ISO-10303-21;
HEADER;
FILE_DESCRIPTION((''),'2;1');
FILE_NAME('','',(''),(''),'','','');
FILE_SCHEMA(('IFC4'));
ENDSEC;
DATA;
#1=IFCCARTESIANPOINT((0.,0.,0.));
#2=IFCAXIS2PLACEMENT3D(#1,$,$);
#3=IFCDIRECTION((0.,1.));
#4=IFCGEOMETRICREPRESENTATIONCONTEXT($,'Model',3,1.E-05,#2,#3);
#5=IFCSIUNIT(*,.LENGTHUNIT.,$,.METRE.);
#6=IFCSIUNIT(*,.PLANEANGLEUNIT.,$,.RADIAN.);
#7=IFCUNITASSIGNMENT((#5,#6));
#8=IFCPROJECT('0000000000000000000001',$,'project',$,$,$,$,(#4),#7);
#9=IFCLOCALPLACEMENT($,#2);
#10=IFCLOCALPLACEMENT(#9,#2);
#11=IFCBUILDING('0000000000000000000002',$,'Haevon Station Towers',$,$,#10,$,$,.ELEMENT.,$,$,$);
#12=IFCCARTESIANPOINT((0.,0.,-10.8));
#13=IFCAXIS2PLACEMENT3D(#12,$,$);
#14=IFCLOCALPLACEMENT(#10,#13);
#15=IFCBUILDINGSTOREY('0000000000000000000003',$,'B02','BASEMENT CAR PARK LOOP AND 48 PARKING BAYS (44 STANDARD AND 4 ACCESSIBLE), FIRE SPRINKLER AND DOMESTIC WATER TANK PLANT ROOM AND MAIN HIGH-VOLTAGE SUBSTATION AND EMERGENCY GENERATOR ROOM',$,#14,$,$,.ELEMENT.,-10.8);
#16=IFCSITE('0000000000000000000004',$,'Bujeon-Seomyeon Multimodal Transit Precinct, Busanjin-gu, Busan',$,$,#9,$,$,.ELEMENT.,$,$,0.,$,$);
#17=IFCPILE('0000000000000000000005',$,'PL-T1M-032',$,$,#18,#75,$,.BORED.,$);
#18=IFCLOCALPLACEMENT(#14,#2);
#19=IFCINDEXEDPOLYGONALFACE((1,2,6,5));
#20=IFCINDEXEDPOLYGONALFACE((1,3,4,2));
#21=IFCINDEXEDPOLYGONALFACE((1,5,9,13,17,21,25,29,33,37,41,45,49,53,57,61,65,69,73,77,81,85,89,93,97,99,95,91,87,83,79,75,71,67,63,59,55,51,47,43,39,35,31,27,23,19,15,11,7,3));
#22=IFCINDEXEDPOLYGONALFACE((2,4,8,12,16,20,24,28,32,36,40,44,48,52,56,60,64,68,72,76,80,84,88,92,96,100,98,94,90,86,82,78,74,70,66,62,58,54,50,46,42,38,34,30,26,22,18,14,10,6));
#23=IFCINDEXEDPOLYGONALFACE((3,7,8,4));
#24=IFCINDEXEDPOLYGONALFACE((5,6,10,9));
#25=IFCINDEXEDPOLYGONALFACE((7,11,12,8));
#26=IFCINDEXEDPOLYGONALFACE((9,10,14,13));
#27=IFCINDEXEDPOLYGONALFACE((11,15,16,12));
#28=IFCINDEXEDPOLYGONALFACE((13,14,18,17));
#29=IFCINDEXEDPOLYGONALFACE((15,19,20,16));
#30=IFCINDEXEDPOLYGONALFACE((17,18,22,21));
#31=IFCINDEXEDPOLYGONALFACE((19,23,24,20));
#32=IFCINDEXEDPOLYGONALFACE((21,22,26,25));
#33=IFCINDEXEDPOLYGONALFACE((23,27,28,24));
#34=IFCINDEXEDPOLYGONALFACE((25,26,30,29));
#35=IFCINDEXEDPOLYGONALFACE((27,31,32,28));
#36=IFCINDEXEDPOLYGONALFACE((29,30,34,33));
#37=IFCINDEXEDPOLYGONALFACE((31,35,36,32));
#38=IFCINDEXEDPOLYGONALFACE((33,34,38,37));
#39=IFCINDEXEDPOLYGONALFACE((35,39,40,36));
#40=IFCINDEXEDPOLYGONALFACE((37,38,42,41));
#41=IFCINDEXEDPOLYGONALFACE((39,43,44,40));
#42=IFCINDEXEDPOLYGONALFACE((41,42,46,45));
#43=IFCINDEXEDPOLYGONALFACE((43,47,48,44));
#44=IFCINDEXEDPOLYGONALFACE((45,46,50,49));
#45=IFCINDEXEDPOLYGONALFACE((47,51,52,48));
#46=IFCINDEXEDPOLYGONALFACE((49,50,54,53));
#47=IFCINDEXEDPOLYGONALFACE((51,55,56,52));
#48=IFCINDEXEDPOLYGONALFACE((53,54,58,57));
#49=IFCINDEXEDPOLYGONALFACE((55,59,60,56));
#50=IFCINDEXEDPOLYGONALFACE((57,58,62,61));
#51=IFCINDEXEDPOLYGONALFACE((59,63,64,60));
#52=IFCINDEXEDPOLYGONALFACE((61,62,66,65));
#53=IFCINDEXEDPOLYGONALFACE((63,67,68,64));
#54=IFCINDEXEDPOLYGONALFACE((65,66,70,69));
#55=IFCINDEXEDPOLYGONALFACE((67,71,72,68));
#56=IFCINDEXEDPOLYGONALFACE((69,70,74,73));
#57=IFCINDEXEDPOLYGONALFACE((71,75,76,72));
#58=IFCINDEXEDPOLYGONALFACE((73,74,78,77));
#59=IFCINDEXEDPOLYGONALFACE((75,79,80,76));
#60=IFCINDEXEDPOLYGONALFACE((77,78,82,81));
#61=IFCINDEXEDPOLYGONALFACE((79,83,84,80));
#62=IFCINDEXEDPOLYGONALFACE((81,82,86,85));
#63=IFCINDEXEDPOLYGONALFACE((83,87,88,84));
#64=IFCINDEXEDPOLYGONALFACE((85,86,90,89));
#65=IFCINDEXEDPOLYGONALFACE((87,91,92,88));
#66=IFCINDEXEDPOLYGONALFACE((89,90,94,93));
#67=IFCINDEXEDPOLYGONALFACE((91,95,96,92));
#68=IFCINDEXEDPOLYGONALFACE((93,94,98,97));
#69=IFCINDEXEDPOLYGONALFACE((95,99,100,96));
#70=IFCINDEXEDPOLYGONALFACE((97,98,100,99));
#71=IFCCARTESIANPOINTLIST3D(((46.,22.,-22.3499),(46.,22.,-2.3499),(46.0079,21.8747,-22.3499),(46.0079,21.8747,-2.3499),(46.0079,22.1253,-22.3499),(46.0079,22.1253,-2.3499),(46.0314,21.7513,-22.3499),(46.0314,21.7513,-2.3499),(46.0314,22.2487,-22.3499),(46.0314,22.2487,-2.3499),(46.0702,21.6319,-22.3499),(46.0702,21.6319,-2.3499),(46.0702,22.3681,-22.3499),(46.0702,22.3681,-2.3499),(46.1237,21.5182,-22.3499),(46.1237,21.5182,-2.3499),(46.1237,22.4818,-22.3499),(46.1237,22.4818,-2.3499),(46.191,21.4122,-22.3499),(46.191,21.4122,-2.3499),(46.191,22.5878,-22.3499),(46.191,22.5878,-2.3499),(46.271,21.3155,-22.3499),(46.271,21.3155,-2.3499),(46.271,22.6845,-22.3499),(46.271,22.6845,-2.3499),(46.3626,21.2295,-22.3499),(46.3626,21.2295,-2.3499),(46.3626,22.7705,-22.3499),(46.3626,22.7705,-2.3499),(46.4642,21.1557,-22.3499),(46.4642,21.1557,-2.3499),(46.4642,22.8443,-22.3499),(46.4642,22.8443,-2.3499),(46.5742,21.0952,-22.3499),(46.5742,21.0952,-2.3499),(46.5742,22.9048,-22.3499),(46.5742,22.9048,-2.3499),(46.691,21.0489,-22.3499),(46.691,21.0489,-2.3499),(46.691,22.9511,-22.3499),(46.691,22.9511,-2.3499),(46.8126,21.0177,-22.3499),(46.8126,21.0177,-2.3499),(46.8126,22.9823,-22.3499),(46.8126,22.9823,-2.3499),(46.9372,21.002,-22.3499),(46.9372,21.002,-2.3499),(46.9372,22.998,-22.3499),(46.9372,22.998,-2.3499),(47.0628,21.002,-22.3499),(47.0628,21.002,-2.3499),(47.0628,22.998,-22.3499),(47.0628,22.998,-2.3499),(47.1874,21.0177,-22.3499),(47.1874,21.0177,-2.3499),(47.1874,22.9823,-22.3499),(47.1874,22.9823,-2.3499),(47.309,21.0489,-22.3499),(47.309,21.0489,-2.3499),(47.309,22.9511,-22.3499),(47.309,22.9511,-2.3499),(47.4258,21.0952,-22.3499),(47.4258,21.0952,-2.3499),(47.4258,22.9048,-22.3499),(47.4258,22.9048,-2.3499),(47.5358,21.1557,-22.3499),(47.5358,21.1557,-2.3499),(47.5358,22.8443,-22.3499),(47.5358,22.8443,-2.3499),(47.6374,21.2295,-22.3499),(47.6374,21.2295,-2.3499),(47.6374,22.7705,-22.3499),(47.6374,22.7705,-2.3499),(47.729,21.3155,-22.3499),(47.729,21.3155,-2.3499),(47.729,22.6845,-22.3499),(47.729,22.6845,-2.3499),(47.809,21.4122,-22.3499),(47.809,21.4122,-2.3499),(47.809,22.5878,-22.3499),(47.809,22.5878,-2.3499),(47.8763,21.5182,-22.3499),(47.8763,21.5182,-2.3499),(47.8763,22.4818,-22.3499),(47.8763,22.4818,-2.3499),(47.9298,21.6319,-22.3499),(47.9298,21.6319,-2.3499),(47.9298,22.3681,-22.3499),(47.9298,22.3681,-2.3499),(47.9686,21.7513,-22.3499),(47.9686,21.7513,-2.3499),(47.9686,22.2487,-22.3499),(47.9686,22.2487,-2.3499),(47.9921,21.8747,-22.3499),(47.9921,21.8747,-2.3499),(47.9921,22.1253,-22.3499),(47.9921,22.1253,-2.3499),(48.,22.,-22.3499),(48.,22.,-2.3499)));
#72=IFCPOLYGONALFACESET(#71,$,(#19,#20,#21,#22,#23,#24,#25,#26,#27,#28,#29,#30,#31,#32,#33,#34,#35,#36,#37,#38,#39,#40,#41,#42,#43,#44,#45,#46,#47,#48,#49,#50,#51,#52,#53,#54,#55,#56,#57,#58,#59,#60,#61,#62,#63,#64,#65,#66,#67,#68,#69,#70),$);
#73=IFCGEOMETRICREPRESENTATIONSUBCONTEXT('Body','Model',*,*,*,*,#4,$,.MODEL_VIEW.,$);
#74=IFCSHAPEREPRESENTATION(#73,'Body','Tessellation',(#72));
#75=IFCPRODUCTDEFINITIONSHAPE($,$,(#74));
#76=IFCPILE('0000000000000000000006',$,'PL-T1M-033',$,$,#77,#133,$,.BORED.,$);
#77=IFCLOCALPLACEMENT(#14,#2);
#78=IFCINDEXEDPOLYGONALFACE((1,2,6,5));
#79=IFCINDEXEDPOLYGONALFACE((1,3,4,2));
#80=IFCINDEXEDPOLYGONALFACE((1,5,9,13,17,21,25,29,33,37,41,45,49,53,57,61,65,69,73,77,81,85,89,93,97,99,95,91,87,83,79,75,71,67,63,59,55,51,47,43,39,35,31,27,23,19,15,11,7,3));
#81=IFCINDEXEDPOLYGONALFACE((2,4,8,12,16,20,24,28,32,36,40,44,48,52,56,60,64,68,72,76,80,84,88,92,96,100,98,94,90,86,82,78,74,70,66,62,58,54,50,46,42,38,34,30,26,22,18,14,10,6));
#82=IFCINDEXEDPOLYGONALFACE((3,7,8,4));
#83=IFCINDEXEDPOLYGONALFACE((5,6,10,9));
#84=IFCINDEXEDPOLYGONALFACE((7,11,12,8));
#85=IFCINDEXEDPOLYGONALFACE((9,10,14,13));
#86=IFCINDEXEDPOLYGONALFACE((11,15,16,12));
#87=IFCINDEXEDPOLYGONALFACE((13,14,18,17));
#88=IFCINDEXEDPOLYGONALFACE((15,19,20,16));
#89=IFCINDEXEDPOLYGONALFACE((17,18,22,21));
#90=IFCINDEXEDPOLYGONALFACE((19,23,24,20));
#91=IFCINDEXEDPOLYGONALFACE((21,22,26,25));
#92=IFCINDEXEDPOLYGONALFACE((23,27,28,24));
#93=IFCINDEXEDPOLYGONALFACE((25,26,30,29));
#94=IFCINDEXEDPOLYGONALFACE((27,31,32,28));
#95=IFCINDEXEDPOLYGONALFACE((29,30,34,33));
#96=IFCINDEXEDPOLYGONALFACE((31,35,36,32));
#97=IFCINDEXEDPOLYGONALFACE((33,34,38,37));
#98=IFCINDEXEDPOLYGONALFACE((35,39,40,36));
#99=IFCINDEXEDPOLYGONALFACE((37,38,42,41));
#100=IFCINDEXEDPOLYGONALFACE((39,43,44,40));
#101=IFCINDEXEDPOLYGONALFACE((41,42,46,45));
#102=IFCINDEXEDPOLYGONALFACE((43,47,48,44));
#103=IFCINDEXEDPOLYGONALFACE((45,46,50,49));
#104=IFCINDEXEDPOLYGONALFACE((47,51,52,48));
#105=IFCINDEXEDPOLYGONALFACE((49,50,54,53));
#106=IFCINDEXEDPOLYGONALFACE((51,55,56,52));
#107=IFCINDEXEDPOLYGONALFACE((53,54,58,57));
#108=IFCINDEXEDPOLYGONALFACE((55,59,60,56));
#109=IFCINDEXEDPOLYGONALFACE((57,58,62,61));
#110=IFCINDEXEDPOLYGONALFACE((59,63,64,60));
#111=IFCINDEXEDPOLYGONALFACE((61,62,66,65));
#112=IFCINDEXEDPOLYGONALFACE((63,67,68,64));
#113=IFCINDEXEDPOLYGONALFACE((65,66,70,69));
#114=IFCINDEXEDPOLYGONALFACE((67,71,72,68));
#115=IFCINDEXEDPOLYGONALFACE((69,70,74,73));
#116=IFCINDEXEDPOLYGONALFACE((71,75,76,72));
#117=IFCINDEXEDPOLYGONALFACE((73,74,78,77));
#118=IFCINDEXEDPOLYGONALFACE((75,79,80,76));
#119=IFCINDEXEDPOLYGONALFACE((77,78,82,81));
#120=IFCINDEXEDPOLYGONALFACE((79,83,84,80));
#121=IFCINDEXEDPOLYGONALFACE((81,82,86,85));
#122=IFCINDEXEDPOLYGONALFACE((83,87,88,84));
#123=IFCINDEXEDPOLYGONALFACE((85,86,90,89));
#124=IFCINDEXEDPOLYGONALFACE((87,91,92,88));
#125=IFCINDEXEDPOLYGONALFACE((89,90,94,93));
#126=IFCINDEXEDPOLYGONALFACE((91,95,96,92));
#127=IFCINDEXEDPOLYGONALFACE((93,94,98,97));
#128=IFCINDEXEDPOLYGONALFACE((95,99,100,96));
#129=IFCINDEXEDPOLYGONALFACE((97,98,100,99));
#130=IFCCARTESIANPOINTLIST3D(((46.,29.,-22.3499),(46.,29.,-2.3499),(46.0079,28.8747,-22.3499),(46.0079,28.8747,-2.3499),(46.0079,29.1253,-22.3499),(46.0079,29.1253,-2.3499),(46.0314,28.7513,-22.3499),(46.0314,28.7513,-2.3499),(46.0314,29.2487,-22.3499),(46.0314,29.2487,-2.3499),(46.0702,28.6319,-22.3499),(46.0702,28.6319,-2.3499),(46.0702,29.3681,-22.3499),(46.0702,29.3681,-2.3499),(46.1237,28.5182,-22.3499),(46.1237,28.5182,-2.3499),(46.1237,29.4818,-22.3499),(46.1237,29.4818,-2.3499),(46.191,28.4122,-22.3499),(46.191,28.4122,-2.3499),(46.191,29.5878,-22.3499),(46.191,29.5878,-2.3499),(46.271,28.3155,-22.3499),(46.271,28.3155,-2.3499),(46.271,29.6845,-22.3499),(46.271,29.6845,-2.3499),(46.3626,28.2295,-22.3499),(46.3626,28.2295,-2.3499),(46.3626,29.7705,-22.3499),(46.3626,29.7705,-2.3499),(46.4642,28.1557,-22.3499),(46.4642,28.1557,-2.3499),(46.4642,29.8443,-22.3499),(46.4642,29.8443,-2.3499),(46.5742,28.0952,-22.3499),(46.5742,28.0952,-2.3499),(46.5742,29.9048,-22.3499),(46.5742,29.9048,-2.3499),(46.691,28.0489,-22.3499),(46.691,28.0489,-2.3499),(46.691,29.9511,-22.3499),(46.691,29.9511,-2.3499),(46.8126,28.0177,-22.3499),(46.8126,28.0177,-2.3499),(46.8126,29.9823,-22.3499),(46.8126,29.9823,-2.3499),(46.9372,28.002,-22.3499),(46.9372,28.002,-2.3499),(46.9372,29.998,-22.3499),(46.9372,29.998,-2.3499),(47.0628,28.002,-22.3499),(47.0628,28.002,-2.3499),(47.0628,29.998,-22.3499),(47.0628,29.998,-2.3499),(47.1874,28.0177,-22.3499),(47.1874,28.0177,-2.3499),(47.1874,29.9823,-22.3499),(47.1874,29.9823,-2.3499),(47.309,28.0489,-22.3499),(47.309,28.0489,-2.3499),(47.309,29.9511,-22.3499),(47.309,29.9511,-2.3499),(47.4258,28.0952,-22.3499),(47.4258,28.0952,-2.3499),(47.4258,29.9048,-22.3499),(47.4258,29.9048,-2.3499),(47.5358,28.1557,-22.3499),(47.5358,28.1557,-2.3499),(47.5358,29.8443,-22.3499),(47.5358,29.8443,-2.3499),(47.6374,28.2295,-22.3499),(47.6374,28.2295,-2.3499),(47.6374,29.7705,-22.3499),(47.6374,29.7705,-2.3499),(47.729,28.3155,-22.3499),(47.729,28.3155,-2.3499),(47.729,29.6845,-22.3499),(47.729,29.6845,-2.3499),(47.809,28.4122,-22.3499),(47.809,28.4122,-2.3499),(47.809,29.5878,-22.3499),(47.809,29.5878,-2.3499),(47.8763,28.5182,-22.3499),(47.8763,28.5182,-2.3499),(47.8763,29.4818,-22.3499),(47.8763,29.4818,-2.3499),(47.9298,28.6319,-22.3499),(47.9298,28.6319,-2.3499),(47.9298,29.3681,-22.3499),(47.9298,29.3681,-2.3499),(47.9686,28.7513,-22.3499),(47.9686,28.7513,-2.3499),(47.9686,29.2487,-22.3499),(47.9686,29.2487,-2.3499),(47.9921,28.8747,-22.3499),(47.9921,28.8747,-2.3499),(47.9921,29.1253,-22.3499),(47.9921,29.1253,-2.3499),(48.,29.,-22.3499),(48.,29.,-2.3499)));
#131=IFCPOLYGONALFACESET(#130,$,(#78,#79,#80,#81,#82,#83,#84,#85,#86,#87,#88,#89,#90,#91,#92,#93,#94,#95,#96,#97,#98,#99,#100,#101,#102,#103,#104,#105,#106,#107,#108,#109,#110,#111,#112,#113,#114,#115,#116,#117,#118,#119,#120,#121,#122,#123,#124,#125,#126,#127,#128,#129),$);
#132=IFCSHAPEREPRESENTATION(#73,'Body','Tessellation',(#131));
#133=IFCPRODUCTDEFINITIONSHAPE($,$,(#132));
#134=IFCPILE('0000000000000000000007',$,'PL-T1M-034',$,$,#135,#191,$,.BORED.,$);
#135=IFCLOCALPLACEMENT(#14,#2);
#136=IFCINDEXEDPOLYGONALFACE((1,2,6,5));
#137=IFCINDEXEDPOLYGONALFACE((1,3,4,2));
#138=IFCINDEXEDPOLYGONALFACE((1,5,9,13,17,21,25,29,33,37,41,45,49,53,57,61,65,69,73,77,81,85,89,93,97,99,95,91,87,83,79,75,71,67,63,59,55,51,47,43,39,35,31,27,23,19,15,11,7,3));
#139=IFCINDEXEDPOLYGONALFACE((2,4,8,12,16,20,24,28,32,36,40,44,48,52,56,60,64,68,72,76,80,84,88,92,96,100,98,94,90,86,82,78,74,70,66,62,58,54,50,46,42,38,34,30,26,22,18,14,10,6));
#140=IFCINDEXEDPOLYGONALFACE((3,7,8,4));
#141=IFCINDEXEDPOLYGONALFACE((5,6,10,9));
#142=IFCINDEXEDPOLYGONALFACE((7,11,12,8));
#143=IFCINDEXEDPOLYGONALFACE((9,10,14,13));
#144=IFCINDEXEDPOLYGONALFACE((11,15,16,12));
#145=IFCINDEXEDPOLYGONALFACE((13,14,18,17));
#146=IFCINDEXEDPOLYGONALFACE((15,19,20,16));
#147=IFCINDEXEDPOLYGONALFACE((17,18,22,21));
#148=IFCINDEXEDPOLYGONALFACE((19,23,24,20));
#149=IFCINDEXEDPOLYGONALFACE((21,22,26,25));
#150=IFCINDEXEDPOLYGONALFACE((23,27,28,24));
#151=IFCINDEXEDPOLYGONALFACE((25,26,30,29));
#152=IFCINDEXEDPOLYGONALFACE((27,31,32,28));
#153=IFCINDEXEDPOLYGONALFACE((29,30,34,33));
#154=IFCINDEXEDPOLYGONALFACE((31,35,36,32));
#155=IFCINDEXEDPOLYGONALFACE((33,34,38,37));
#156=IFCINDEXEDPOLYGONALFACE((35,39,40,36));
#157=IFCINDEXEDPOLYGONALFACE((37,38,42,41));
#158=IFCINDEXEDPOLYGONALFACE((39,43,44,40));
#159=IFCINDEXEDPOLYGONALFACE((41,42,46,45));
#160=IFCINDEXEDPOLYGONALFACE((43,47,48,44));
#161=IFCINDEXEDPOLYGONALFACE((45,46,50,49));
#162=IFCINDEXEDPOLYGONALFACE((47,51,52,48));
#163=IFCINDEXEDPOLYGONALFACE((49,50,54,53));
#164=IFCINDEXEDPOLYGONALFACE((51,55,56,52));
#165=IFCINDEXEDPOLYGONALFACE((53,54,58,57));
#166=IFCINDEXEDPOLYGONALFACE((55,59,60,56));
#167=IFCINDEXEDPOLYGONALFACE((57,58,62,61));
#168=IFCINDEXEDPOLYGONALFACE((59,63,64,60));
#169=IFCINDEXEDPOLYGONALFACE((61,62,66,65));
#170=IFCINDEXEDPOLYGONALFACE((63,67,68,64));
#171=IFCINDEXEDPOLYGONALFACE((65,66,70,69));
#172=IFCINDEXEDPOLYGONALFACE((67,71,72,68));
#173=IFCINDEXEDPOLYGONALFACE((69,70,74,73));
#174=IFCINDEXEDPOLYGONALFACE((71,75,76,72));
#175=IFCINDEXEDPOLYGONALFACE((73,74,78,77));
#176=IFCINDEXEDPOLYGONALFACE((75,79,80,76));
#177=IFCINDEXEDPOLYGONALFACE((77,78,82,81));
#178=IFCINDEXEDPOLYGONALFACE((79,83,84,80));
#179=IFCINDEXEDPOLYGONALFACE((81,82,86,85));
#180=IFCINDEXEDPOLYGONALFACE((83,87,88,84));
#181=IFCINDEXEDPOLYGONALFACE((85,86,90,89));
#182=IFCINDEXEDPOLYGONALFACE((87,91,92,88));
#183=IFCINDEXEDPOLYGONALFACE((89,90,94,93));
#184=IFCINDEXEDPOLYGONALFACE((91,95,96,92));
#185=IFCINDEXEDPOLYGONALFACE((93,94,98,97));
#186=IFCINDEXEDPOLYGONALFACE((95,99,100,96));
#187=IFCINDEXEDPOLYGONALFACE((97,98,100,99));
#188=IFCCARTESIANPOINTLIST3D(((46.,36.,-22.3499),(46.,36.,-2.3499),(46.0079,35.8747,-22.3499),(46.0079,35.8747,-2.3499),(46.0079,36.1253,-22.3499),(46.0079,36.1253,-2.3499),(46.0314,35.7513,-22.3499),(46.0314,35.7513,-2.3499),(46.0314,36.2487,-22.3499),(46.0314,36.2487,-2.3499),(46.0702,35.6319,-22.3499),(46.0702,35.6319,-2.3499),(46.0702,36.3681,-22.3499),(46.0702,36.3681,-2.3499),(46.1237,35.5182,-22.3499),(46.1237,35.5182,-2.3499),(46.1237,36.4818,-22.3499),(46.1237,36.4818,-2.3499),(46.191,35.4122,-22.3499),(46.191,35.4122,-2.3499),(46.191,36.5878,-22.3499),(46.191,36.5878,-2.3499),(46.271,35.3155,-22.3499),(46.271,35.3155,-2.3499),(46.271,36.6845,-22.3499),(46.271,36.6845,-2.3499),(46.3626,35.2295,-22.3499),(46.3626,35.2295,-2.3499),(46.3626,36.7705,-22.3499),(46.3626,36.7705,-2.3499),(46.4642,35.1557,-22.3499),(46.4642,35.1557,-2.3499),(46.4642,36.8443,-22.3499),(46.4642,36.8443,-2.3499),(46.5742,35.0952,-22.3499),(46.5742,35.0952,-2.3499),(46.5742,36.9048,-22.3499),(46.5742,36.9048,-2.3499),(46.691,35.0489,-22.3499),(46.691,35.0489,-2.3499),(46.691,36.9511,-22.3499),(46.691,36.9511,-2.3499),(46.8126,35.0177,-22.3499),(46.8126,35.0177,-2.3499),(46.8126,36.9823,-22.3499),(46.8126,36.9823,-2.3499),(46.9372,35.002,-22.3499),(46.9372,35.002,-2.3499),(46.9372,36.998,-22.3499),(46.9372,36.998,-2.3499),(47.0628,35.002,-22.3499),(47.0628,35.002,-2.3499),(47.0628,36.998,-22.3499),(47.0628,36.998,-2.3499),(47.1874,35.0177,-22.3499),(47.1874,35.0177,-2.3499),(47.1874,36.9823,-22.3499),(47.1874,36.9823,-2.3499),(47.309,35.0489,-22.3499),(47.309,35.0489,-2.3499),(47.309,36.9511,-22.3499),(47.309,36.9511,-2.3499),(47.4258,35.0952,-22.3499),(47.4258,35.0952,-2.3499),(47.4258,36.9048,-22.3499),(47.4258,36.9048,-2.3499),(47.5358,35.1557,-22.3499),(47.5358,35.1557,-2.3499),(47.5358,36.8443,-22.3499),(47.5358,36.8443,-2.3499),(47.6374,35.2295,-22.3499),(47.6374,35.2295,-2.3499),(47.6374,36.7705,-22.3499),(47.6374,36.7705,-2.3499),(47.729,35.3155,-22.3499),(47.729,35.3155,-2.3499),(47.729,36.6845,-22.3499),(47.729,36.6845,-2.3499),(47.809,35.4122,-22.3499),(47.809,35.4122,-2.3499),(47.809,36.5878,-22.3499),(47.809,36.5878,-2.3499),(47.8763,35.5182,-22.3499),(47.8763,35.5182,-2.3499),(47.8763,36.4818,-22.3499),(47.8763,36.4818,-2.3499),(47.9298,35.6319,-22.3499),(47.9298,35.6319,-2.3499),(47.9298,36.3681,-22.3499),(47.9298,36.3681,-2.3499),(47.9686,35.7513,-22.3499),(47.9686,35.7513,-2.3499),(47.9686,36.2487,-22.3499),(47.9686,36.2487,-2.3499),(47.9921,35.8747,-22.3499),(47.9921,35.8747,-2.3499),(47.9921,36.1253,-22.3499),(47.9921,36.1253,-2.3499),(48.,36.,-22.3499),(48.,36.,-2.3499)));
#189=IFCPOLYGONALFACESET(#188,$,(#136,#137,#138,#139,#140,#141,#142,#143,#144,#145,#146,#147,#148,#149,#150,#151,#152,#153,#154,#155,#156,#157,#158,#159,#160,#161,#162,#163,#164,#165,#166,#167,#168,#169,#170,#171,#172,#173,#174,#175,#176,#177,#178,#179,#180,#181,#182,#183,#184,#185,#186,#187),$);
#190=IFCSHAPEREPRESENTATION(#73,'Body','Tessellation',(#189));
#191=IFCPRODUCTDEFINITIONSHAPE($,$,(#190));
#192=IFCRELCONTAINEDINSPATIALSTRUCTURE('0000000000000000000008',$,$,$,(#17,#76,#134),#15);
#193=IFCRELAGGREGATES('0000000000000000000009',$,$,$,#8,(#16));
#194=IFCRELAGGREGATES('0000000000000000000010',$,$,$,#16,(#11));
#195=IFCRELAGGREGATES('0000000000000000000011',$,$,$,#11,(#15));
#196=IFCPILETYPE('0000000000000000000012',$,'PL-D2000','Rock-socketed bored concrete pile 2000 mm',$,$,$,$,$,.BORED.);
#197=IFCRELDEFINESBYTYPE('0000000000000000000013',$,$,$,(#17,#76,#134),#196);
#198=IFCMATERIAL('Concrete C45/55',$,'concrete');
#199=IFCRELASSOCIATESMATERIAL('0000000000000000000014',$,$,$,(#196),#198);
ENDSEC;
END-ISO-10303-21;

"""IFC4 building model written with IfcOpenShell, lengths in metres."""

from ifc_helpers import new_model, si_unit, direction, frame, origin, origin_2d, place, context, subcontext, project, spatial, circle, extrude, material, material_profile, profile_set, type_object, element, save


model = new_model("IFC4")

# Units and contexts
model_context = context("Model", 3, precision=1e-05, world=origin(), true_north=direction((0.0, 1.0)))
body_context = subcontext(model_context, "Body", "Model", "MODEL_VIEW")
ifc_project = project(units=[si_unit("LENGTHUNIT", "METRE"), si_unit("PLANEANGLEUNIT", "RADIAN")], contexts=[model_context])

# Site, building, storey
site_placement = place(None, origin())
site = spatial("IfcSite", under=ifc_project, at=site_placement, Name="Bujeon-Seomyeon Multimodal Transit Precinct, Busanjin-gu, Busan", CompositionType="ELEMENT", RefElevation=0.0)
building_placement = place(site_placement, origin())
building = spatial("IfcBuilding", under=site, at=building_placement, Name="Haevon Station Towers", CompositionType="ELEMENT")
storey_placement = place(building_placement, frame((0.0, 0.0, -10.8)))
storey = spatial("IfcBuildingStorey", under=building, at=storey_placement, Name="B02", Description="BASEMENT CAR PARK LOOP AND 48 PARKING BAYS (44 STANDARD AND 4 ACCESSIBLE), FIRE SPRINKLER AND DOMESTIC WATER TANK PLANT ROOM AND MAIN HIGH-VOLTAGE SUBSTATION AND EMERGENCY GENERATOR ROOM", CompositionType="ELEMENT", Elevation=-10.8)

# Piles
ifc_material_1 = material(Name="Concrete C45/55", Category="concrete")
ifc_material_profile_1 = material_profile(ifc_material_1, circle(Radius=1.0, at=origin_2d()), Name="PILE-D2000")
ifc_profile_set_1 = profile_set([ifc_material_profile_1], Name="Concrete C45/55")
pile_type = type_object("IfcPileType", Name="PL-D2000", Description="Rock-socketed bored concrete pile 2000 mm", PredefinedType="BORED", material=ifc_profile_set_1)
for number, where, z_axis, x_axis, name in (
    (1, (47.0, 22.0, -2.3499), (0.0, 0.0, -1.0), (1.0, 0.0, 0.0), "PL-T1M-032"),
    (2, (47.0, 29.0, -2.3499), (0.0, 0.0, -1.0), (1.0, 0.0, 0.0), "PL-T1M-033"),
    (3, (47.0, 36.0, -2.3499), (0.0, 0.0, -1.0), (1.0, 0.0, 0.0), "PL-T1M-034"),
):
    element("IfcPile", number, at=place(storey_placement, frame(where, z_axis=z_axis, x_axis=x_axis)), inside=storey, type_object=pile_type, Name=name, PredefinedType="BORED", context=body_context, shape_type="SweptSolid", body=[
        extrude(circle(Radius=1.0, at=origin_2d()), origin(), (0.0, 0.0, 1.0), 20.0),
    ])

save(model, "model.ifc")
